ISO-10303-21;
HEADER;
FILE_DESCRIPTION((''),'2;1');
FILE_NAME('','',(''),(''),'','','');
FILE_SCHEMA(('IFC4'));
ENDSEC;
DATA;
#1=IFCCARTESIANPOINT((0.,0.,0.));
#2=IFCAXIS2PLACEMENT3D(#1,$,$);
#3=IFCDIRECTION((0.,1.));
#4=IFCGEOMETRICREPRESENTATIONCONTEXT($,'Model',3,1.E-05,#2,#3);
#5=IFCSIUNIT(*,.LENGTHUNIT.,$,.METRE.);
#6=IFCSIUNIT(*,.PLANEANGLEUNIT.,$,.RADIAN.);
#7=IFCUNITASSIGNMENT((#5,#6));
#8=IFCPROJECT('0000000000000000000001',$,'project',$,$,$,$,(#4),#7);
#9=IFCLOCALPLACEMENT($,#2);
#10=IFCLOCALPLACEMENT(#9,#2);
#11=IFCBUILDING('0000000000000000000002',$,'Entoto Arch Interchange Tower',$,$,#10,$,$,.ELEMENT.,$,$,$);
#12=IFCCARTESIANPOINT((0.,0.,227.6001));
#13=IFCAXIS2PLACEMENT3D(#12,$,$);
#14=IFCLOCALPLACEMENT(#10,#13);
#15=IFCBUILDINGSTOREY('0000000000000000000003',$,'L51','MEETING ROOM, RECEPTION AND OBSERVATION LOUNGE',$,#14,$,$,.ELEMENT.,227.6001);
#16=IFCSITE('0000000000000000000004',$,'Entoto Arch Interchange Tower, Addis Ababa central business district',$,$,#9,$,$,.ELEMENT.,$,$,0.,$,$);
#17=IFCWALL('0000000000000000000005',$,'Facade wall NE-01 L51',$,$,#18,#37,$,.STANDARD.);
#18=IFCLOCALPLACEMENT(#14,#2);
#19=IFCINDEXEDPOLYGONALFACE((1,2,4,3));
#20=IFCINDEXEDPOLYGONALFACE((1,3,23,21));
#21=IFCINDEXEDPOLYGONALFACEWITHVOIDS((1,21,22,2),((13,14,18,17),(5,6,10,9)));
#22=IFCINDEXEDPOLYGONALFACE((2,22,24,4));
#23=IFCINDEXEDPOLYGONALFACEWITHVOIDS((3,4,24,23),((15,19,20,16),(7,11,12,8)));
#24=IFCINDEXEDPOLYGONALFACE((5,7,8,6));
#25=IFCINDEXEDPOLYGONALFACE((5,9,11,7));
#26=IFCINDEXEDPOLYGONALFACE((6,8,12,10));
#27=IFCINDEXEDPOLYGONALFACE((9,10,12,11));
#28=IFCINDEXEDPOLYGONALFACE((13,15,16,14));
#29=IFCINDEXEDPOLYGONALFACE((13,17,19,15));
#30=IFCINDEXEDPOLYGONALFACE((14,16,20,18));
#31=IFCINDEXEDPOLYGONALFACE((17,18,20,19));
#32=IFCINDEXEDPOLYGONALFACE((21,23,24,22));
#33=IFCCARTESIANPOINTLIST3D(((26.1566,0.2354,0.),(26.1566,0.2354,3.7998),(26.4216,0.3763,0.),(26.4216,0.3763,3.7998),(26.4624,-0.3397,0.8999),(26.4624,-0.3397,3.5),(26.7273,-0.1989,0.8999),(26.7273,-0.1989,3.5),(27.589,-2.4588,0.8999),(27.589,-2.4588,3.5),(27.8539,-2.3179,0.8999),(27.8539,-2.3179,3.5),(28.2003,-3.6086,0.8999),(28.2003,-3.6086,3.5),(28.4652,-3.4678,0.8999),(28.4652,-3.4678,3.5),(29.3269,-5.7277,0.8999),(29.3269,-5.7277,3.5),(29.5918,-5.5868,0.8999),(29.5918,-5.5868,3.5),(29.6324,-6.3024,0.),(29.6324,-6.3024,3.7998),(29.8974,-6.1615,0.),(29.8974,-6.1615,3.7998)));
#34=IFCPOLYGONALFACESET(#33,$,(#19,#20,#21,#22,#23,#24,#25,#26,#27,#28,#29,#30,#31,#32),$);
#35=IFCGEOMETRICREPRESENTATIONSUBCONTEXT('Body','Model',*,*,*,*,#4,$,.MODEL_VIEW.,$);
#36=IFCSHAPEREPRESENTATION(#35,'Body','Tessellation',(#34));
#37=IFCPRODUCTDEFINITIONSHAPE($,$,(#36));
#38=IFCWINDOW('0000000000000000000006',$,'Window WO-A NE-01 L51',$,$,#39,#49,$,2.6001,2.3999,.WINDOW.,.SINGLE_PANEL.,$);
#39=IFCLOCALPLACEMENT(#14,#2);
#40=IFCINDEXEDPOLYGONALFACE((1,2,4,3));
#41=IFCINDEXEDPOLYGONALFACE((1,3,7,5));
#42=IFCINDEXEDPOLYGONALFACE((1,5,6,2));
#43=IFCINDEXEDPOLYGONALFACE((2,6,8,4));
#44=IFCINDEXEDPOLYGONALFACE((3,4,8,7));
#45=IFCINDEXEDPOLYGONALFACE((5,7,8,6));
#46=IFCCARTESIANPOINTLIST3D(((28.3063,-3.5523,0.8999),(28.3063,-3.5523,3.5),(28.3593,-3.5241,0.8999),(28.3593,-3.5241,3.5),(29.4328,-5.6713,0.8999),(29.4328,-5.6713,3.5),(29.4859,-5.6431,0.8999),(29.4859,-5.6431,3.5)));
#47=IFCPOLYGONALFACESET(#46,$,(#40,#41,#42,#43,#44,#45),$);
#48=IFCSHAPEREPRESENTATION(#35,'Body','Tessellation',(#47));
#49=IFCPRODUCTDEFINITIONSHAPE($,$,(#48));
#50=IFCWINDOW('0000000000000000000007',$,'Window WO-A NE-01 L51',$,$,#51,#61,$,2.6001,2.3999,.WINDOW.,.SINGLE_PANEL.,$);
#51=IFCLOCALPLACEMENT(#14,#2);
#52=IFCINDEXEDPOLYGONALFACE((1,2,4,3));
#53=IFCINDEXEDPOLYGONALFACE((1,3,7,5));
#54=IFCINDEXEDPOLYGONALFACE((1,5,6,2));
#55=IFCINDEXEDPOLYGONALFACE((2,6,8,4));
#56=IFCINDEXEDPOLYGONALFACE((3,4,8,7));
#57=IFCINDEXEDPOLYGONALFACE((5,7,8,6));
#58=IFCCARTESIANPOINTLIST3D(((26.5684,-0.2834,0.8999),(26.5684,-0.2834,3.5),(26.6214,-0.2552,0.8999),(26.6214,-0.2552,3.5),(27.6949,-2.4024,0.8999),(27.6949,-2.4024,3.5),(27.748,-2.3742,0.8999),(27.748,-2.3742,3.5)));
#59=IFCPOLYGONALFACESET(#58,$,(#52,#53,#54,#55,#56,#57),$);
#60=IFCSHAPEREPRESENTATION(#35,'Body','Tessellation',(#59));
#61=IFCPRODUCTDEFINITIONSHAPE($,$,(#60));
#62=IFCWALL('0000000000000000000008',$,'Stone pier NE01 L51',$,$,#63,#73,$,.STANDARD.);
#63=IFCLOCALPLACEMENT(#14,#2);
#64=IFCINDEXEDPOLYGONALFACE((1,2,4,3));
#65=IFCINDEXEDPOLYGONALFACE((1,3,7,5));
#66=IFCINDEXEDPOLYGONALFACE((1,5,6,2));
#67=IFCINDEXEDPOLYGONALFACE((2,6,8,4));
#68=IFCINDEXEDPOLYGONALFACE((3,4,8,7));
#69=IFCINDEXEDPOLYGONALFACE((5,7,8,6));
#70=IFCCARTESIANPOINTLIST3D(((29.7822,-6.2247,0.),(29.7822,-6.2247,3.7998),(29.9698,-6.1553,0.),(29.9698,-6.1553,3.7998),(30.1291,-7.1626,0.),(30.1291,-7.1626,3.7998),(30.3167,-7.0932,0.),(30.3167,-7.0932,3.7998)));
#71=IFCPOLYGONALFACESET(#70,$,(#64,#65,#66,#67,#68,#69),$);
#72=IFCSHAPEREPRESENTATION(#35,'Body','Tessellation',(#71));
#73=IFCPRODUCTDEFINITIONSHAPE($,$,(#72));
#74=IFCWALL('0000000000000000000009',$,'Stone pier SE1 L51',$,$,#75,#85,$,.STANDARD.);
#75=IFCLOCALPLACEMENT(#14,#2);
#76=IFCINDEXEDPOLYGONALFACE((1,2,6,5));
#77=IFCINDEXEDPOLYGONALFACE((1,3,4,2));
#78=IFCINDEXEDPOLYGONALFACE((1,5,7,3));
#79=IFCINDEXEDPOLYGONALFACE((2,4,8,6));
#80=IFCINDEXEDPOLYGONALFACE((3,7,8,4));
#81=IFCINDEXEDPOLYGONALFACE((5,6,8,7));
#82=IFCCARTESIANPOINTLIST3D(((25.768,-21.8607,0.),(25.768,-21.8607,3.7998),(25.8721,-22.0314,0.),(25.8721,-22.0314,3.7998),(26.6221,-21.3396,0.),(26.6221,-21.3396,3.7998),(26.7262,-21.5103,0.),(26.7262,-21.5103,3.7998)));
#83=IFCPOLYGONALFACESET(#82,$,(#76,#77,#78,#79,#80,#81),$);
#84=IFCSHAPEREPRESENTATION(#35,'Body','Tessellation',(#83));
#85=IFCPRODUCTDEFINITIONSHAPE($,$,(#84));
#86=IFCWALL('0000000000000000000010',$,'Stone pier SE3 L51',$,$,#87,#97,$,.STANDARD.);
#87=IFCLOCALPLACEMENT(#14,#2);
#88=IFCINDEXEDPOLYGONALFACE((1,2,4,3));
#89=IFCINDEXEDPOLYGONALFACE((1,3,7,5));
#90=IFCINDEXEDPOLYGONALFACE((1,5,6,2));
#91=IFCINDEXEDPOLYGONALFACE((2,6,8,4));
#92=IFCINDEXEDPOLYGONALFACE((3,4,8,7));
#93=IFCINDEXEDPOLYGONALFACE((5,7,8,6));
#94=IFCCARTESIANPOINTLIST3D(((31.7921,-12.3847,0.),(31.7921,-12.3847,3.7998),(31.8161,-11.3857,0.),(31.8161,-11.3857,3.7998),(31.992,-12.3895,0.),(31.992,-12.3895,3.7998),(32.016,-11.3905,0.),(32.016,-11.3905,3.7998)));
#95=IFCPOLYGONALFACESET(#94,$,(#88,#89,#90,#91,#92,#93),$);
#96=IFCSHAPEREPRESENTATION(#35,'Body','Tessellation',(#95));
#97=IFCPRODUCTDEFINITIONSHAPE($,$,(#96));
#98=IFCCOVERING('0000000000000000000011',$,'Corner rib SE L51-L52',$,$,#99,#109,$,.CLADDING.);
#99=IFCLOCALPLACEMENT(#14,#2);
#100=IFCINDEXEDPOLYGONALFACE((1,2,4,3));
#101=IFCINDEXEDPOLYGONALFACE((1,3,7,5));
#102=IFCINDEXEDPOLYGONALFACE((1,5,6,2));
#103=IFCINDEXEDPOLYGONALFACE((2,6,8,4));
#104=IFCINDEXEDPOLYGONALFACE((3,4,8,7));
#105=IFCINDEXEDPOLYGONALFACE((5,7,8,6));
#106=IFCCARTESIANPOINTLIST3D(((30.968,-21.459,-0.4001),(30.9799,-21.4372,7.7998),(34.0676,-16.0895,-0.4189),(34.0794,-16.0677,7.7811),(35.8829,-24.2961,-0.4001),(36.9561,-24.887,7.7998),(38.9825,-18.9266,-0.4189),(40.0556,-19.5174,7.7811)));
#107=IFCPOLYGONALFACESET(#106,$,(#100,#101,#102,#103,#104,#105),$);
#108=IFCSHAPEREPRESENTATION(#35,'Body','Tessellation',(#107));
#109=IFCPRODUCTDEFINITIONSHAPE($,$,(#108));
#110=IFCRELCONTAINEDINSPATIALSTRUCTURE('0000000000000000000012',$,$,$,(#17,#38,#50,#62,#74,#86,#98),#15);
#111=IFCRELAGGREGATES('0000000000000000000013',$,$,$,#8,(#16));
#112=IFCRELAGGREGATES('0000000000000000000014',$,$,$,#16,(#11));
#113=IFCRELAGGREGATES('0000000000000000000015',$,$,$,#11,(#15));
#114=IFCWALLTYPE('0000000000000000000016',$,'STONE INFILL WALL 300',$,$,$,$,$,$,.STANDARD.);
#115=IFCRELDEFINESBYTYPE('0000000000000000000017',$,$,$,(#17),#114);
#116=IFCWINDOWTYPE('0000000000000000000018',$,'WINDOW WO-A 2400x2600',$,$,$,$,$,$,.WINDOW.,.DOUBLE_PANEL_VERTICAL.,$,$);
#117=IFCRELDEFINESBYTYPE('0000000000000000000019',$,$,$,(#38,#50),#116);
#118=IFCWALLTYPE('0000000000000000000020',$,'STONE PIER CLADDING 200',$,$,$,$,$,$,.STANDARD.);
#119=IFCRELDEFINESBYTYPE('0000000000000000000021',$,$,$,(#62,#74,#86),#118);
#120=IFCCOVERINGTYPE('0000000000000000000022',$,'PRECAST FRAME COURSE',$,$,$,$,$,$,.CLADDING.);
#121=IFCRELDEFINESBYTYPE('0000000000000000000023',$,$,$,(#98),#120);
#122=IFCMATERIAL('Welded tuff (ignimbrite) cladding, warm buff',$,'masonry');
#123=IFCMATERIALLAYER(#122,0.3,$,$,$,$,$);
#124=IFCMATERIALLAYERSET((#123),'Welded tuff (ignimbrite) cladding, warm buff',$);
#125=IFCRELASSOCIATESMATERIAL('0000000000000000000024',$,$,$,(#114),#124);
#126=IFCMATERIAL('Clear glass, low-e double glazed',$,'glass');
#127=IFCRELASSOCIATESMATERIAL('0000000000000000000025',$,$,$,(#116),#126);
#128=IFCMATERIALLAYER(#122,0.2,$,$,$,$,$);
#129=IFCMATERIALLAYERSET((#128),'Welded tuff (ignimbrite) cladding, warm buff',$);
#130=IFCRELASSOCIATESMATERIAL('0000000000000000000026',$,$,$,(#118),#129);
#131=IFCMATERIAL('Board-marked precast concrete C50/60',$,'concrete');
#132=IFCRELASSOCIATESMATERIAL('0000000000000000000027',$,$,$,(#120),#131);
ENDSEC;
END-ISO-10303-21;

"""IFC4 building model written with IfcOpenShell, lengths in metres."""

from ifc_helpers import new_model, si_unit, direction, frame, frame_2d, origin, place, context, subcontext, project, spatial, polyline, rectangle, outline, extrude, material, layer, layer_set, type_object, element, fill, save


model = new_model("IFC4")

# Units and contexts
model_context = context("Model", 3, precision=1e-05, world=origin(), true_north=direction((0.0, 1.0)))
body_context = subcontext(model_context, "Body", "Model", "MODEL_VIEW")
ifc_project = project(units=[si_unit("LENGTHUNIT", "METRE"), si_unit("PLANEANGLEUNIT", "RADIAN")], contexts=[model_context])

# Site, building, storey
site_placement = place(None, origin())
site = spatial("IfcSite", under=ifc_project, at=site_placement, Name="Entoto Arch Interchange Tower, Addis Ababa central business district", CompositionType="ELEMENT", RefElevation=0.0)
building_placement = place(site_placement, origin())
building = spatial("IfcBuilding", under=site, at=building_placement, Name="Entoto Arch Interchange Tower", CompositionType="ELEMENT")
storey_placement = place(building_placement, frame((0.0, 0.0, 227.6001)))
storey = spatial("IfcBuildingStorey", under=building, at=storey_placement, Name="L51", Description="MEETING ROOM, RECEPTION AND OBSERVATION LOUNGE", CompositionType="ELEMENT", Elevation=227.6001)

# Shared definitions
ifc_material_1 = material(Name="Welded tuff (ignimbrite) cladding, warm buff", Category="masonry")
ifc_layer_1 = layer(ifc_material_1, 0.3)
ifc_layer_set_1 = layer_set([ifc_layer_1], Name="Welded tuff (ignimbrite) cladding, warm buff")
wall_type_1 = type_object("IfcWallType", Name="STONE INFILL WALL 300", PredefinedType="STANDARD", material=ifc_layer_set_1)
ifc_material_2 = material(Name="Clear glass, low-e double glazed", Category="glass")

# Wall, openings, windows
wall_1_placement = place(storey_placement, frame((29.7649, -6.2319, 0.0), z_axis=(0.0, 0.0, 1.0), x_axis=(-0.469429, 0.88297, 0.0)))
wall_1 = element("IfcWall", 1, at=wall_1_placement, inside=storey, type_object=wall_type_1, Name="Facade wall NE-01 L51", PredefinedType="STANDARD", context=body_context, shape_type="SweptSolid", body=[
    extrude(rectangle(XDim=7.4043, YDim=0.3, at=frame_2d((3.7021, 0.0))), origin(), (0.0, 0.0, 1.0), 3.7998),
])
opening_1_placement = place(wall_1_placement, frame((0.6509, 0.0, 0.8999)))
opening_1 = element("IfcOpeningElement", 2, at=opening_1_placement, cuts=wall_1, PredefinedType="OPENING", context=body_context, shape_type="SweptSolid", body=[
    extrude(rectangle(XDim=2.3999, YDim=2.6001, at=frame_2d((1.2, 1.3))), frame((0.0, 0.1602, 0.0), z_axis=(0.0, -1.0, 0.0), x_axis=(1.0, 0.0, 0.0)), (0.0, 0.0, 1.0), 0.3201),
])
opening_2_placement = place(wall_1_placement, frame((4.353, 0.0, 0.8999)))
opening_2 = element("IfcOpeningElement", 3, at=opening_2_placement, cuts=wall_1, PredefinedType="OPENING", context=body_context, shape_type="SweptSolid", body=[
    extrude(rectangle(XDim=2.3999, YDim=2.6001, at=frame_2d((1.2, 1.3))), frame((0.0, 0.1602, 0.0), z_axis=(0.0, -1.0, 0.0), x_axis=(1.0, 0.0, 0.0)), (0.0, 0.0, 1.0), 0.3201),
])
window_type_1 = type_object("IfcWindowType", Name="WINDOW WO-A 2400x2600", PartitioningType="DOUBLE_PANEL_VERTICAL", PredefinedType="WINDOW", material=ifc_material_2)
window_1_placement = place(opening_1_placement, origin())
window_1 = element("IfcWindow", 4, at=window_1_placement, inside=storey, type_object=window_type_1, Name="Window WO-A NE-01 L51", OverallHeight=2.6001, OverallWidth=2.3999, PartitioningType="SINGLE_PANEL", PredefinedType="WINDOW", context=body_context, shape_type="SweptSolid", body=[
    extrude(rectangle(XDim=2.3999, YDim=2.6001, at=frame_2d((1.2, 1.3))), frame((0.0, 0.03, 0.0), z_axis=(0.0, -1.0, 0.0), x_axis=(1.0, 0.0, 0.0)), (0.0, 0.0, 1.0), 0.0601),
])
fill(opening_1, window_1)
window_2_placement = place(opening_2_placement, origin())
window_2 = element("IfcWindow", 5, at=window_2_placement, inside=storey, type_object=window_type_1, Name="Window WO-A NE-01 L51", OverallHeight=2.6001, OverallWidth=2.3999, PartitioningType="SINGLE_PANEL", PredefinedType="WINDOW", context=body_context, shape_type="SweptSolid", body=[
    extrude(rectangle(XDim=2.3999, YDim=2.6001, at=frame_2d((1.2, 1.3))), frame((0.0, 0.03, 0.0), z_axis=(0.0, -1.0, 0.0), x_axis=(1.0, 0.0, 0.0)), (0.0, 0.0, 1.0), 0.0601),
])
fill(opening_2, window_2)

# Walls
ifc_layer_2 = layer(ifc_material_1, 0.2)
ifc_layer_set_2 = layer_set([ifc_layer_2], Name="Welded tuff (ignimbrite) cladding, warm buff")
wall_type_2 = type_object("IfcWallType", Name="STONE PIER CLADDING 200", PredefinedType="STANDARD", material=ifc_layer_set_2)
wall_2_placement = place(storey_placement, frame((30.2229, -7.1279, 0.0), z_axis=(0.0, 0.0, 1.0), x_axis=(-0.346893, 0.937905, 0.0)))
element("IfcWall", 6, at=wall_2_placement, inside=storey, type_object=wall_type_2, Name="Stone pier NE01 L51", PredefinedType="STANDARD", context=body_context, shape_type="SweptSolid", body=[
    extrude(rectangle(XDim=1.0, YDim=0.2, at=frame_2d((0.5, 0.0))), origin(), (0.0, 0.0, 1.0), 3.7998),
])
wall_3_placement = place(storey_placement, frame((25.8201, -21.946, 0.0), z_axis=(0.0, 0.0, 1.0), x_axis=(0.85368, 0.520798, 0.0)))
element("IfcWall", 7, at=wall_3_placement, inside=storey, type_object=wall_type_2, Name="Stone pier SE1 L51", PredefinedType="STANDARD", context=body_context, shape_type="SweptSolid", body=[
    extrude(rectangle(XDim=1.0005, YDim=0.2, at=frame_2d((0.5002, 0.0))), origin(), (0.0, 0.0, 1.0), 3.7998),
])
wall_4_placement = place(storey_placement, frame((31.8921, -12.387, 0.0), z_axis=(0.0, 0.0, 1.0), x_axis=(0.023942, 0.999713, 0.0)))
element("IfcWall", 8, at=wall_4_placement, inside=storey, type_object=wall_type_2, Name="Stone pier SE3 L51", PredefinedType="STANDARD", context=body_context, shape_type="SweptSolid", body=[
    extrude(rectangle(XDim=0.9993, YDim=0.2, at=frame_2d((0.4995, 0.0))), origin(), (0.0, 0.0, 1.0), 3.7998),
])

# Covering
ifc_material_3 = material(Name="Board-marked precast concrete C50/60", Category="concrete")
covering_type = type_object("IfcCoveringType", Name="PRECAST FRAME COURSE", PredefinedType="CLADDING", material=ifc_material_3)
covering_placement = place(storey_placement, frame((30.968, -21.459, -0.4001), z_axis=(-0.499931, -0.86606, 0.003021), x_axis=(0.866064, -0.499933, 0.0)))
element("IfcCovering", 9, at=covering_placement, inside=storey, type_object=covering_type, Name="Corner rib SE L51-L52", PredefinedType="CLADDING", context=body_context, shape_type="SweptSolid", body=[
    extrude(outline(polyline([(0.0, 0.0), (5.675, 0.0), (6.8998, 8.2), (-0.0006, 8.2), (0.0, 0.0)])), origin(), (0.0, 0.0, -1.0), 6.2),
])

save(model, "model.ifc")
